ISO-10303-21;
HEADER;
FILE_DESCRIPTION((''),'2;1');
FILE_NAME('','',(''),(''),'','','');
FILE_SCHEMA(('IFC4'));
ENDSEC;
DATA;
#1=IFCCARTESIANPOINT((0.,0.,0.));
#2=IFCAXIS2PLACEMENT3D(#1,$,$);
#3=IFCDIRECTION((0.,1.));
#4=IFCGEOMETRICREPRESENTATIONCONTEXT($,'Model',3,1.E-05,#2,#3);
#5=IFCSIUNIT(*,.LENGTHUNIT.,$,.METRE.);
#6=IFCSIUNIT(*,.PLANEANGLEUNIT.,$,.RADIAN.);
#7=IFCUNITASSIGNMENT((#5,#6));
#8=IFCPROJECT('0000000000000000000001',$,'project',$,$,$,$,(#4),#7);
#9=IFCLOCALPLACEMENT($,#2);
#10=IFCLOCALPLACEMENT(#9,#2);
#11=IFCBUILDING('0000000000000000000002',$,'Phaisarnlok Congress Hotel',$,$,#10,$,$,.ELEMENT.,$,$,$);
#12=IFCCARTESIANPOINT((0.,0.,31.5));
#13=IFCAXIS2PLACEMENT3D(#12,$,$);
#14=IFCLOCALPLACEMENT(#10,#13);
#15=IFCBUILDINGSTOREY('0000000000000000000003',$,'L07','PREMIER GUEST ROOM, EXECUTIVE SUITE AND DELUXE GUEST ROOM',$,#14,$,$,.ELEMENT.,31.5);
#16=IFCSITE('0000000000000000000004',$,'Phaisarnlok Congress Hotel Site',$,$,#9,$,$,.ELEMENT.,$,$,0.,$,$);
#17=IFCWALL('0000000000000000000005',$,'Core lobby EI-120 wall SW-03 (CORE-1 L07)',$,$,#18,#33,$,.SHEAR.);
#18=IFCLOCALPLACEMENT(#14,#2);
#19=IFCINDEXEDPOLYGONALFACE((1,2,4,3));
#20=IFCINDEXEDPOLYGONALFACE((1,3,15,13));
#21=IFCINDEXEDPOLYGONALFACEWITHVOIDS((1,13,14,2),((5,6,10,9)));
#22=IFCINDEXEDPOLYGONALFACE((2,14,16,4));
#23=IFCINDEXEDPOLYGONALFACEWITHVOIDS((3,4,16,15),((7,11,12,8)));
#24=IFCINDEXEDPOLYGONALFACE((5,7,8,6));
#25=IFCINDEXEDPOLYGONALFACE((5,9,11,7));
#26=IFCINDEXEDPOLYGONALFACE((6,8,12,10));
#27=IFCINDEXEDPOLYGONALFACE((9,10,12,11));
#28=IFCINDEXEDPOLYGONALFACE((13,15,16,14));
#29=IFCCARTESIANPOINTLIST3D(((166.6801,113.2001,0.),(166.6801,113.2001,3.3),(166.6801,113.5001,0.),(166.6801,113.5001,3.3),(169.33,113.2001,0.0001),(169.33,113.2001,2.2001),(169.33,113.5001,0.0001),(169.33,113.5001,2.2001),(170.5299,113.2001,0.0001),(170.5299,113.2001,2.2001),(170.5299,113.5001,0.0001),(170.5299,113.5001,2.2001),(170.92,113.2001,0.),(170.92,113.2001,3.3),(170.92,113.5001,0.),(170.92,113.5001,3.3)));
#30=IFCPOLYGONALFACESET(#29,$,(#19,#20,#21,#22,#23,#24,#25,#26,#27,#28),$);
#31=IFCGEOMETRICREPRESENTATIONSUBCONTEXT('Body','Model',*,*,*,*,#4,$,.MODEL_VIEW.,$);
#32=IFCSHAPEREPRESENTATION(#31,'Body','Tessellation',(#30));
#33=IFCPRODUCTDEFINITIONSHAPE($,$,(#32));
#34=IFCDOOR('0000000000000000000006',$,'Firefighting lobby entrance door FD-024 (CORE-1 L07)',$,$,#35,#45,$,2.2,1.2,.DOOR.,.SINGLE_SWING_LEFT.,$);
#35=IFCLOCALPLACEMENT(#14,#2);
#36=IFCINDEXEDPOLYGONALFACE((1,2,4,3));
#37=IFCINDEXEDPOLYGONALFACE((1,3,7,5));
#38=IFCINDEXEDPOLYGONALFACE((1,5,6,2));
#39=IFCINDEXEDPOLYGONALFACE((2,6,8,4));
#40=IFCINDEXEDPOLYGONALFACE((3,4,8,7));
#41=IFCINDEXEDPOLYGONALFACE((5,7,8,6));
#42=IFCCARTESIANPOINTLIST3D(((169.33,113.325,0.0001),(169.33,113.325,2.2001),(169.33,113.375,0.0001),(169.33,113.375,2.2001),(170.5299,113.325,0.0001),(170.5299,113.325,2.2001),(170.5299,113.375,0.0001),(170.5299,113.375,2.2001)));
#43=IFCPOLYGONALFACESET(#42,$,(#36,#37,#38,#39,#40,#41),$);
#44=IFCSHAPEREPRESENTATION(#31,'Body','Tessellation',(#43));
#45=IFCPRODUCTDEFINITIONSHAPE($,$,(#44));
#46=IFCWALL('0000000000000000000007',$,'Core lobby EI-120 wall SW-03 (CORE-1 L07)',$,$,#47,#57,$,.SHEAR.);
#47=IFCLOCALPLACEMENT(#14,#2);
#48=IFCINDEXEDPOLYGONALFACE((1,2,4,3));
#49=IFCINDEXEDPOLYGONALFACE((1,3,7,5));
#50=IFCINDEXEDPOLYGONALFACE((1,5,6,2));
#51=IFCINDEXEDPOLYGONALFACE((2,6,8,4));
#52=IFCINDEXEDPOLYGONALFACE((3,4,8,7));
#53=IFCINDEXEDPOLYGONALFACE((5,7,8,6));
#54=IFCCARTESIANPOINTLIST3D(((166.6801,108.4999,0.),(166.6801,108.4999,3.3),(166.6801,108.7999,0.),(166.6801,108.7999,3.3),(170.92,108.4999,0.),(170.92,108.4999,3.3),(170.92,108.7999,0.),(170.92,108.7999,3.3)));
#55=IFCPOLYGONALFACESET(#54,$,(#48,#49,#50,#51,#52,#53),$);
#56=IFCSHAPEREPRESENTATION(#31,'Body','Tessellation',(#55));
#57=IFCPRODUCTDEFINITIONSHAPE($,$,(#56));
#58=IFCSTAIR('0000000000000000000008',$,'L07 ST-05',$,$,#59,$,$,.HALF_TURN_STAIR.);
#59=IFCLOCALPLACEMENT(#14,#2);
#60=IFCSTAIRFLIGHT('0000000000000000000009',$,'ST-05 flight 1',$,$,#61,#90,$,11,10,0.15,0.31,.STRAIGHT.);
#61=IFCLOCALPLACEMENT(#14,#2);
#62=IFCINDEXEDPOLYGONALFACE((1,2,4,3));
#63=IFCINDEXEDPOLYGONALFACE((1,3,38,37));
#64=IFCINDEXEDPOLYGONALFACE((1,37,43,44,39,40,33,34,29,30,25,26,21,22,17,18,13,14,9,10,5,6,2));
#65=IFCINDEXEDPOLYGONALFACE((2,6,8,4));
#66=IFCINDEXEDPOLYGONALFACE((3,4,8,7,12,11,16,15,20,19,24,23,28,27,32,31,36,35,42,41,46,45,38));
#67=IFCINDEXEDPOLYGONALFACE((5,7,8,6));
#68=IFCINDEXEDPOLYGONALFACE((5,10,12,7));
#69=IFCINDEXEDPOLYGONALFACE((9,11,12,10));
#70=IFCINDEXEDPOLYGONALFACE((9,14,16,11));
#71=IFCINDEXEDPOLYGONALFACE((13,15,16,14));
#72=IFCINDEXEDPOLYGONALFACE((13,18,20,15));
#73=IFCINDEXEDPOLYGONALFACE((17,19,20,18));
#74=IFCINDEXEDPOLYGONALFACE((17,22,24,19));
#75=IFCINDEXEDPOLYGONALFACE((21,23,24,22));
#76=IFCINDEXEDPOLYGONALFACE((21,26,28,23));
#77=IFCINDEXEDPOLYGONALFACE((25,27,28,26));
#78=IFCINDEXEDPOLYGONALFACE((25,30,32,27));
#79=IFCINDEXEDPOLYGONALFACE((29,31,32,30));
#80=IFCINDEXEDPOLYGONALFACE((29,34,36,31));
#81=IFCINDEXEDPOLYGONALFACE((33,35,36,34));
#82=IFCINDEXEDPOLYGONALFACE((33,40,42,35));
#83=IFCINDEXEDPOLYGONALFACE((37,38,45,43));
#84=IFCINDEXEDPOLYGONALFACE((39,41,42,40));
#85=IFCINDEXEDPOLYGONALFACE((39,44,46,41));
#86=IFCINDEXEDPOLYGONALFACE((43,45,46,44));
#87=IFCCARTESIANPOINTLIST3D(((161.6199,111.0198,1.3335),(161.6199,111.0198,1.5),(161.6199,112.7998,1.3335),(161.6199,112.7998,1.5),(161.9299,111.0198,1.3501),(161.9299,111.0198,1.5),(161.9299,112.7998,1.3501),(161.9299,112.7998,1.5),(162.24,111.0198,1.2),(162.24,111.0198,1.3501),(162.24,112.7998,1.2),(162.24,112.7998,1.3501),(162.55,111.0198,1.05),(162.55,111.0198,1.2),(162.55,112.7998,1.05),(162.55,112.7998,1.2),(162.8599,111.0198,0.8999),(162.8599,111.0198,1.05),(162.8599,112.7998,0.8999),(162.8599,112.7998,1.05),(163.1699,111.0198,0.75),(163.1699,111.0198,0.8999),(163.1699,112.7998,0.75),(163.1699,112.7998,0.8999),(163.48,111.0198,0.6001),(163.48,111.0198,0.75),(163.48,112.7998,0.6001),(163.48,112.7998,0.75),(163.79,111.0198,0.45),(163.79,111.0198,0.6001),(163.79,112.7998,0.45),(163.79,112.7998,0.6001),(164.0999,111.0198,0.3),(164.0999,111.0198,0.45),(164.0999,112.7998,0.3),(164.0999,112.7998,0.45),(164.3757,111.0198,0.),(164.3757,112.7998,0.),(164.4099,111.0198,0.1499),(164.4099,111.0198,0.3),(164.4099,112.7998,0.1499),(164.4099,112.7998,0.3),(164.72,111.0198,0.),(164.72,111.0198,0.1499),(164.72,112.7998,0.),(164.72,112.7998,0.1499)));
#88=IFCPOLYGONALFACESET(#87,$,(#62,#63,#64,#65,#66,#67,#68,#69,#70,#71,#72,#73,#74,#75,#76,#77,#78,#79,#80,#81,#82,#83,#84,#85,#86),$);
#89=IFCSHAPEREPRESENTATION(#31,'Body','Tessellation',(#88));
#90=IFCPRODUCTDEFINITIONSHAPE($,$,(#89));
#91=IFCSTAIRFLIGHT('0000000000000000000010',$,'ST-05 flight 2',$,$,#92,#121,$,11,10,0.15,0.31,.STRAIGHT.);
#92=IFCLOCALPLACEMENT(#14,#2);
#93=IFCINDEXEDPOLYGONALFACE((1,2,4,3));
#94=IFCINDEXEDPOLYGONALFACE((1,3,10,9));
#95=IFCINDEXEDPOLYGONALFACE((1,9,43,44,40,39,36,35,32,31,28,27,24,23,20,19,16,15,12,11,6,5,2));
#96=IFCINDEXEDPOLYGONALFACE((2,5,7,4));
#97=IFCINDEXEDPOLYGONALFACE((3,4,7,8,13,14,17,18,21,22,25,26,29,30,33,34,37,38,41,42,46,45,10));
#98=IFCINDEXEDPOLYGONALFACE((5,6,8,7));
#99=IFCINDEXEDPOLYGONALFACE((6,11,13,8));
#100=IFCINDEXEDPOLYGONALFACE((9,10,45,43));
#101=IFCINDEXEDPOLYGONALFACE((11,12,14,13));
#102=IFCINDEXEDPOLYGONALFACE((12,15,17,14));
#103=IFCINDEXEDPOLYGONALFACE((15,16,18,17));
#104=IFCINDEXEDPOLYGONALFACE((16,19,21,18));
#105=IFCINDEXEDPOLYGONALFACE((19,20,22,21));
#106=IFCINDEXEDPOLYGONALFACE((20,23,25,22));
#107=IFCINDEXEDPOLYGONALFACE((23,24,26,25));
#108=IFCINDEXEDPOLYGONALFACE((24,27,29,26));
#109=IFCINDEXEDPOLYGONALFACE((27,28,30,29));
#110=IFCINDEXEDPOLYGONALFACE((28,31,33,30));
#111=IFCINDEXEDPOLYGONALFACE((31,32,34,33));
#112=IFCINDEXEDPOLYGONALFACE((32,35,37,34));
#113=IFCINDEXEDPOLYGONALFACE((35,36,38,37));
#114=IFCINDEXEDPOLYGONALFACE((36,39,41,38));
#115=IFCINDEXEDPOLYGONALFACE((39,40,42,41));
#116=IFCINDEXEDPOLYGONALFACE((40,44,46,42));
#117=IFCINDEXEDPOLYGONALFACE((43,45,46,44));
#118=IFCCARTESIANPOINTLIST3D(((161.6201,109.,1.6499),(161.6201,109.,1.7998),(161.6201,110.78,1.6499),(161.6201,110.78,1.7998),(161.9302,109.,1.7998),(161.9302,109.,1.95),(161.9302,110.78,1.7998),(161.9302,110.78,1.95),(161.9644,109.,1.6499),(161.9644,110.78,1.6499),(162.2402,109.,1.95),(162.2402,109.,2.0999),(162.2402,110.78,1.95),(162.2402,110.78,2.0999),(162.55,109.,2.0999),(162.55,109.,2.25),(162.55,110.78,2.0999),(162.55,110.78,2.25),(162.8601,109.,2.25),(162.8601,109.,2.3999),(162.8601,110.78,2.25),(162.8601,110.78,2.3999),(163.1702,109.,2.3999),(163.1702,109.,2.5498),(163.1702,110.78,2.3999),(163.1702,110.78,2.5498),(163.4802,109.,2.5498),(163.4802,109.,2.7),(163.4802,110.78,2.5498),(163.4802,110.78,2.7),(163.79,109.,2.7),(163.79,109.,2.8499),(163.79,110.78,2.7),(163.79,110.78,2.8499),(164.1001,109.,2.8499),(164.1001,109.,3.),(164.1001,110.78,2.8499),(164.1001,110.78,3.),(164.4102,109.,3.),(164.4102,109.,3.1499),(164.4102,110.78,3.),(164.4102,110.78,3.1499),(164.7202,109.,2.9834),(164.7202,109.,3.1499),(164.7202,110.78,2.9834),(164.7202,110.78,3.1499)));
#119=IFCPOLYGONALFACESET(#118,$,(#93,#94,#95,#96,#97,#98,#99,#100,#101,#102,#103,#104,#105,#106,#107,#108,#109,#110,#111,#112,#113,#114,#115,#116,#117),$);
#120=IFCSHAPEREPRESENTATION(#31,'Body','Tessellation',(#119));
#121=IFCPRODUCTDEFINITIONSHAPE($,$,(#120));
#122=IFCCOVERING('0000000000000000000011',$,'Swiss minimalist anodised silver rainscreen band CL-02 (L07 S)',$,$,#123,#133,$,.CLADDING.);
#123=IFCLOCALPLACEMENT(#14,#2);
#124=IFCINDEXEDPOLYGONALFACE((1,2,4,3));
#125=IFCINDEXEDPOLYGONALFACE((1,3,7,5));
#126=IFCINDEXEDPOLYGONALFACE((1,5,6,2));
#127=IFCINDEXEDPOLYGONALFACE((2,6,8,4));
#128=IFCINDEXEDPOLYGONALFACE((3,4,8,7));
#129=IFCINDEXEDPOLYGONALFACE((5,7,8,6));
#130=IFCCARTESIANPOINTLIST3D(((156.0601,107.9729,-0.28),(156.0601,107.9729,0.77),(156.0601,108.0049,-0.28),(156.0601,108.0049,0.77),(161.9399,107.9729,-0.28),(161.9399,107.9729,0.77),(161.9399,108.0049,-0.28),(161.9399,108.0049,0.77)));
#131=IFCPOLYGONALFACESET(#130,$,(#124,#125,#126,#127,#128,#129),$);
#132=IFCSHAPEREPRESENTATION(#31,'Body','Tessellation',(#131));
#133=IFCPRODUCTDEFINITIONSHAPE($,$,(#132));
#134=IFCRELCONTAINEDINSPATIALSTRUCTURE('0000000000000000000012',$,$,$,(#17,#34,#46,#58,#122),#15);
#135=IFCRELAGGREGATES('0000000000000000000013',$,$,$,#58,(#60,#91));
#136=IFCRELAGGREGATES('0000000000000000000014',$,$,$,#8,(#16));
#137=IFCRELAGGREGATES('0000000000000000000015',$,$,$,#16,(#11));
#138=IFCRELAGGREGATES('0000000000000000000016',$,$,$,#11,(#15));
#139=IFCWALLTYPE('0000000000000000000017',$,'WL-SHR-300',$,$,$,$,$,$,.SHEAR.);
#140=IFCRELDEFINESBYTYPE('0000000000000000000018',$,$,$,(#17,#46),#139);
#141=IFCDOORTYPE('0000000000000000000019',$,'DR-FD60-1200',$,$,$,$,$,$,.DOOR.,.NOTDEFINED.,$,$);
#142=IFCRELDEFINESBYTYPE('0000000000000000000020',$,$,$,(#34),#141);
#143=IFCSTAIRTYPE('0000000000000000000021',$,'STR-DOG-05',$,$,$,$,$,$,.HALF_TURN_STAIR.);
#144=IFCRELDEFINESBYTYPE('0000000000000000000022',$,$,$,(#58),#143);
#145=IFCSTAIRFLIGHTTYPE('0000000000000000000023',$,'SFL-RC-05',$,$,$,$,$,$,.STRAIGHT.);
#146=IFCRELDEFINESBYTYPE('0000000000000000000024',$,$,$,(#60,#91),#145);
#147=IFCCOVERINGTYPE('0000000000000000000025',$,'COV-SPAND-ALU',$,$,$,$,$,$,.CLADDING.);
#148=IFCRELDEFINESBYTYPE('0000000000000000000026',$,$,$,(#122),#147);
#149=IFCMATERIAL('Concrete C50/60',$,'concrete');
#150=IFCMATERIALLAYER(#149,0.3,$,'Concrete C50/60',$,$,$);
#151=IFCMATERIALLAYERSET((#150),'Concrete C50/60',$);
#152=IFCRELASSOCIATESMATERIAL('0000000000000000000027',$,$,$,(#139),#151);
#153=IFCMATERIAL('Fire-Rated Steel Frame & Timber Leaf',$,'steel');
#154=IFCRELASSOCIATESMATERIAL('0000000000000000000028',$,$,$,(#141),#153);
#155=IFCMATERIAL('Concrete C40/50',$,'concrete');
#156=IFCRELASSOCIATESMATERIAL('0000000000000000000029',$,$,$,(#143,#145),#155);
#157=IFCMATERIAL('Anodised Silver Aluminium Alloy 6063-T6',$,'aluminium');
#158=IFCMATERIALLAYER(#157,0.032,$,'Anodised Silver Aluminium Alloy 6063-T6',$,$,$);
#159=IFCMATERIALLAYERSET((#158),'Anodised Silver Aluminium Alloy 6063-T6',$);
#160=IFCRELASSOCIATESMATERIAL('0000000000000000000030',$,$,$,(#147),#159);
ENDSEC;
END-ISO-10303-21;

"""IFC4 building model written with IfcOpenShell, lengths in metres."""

from ifc_helpers import new_model, si_unit, direction, frame, frame_2d, origin, place, context, subcontext, project, spatial, polyline, rectangle, outline, extrude, material, layer, layer_set, type_object, element, fill, aggregate, save


model = new_model("IFC4")

# Units and contexts
model_context = context("Model", 3, precision=1e-05, world=origin(), true_north=direction((0.0, 1.0)))
body_context = subcontext(model_context, "Body", "Model", "MODEL_VIEW")
ifc_project = project(units=[si_unit("LENGTHUNIT", "METRE"), si_unit("PLANEANGLEUNIT", "RADIAN")], contexts=[model_context])

# Site, building, storey
site_placement = place(None, origin())
site = spatial("IfcSite", under=ifc_project, at=site_placement, Name="Phaisarnlok Congress Hotel Site", CompositionType="ELEMENT", RefElevation=0.0)
building_placement = place(site_placement, origin())
building = spatial("IfcBuilding", under=site, at=building_placement, Name="Phaisarnlok Congress Hotel", CompositionType="ELEMENT")
storey_placement = place(building_placement, frame((0.0, 0.0, 31.5)))
storey = spatial("IfcBuildingStorey", under=building, at=storey_placement, Name="L07", Description="PREMIER GUEST ROOM, EXECUTIVE SUITE AND DELUXE GUEST ROOM", CompositionType="ELEMENT", Elevation=31.5)

# Shared definitions
ifc_material_1 = material(Name="Concrete C50/60", Category="concrete")

# Shared definitions
ifc_material_2 = material(Name="Concrete C40/50", Category="concrete")

# Shared definitions
ifc_material_3 = material(Name="Fire-Rated Steel Frame & Timber Leaf", Category="steel")

# Wall, opening, door
ifc_layer_1 = layer(ifc_material_1, 0.3, Name="Concrete C50/60")
ifc_layer_set_1 = layer_set([ifc_layer_1], Name="Concrete C50/60")
wall_type_1 = type_object("IfcWallType", Name="WL-SHR-300", PredefinedType="SHEAR", material=ifc_layer_set_1)
wall_1_placement = place(storey_placement, frame((166.6799, 113.3501, 0.0), z_axis=(0.0, 0.0, 1.0), x_axis=(1.0, 0.0, 0.0)))
wall_1 = element("IfcWall", 1, at=wall_1_placement, inside=storey, type_object=wall_type_1, Name="Core lobby EI-120 wall SW-03 (CORE-1 L07)", PredefinedType="SHEAR", context=body_context, shape_type="SweptSolid", body=[
    extrude(rectangle(XDim=4.24, YDim=0.3, at=frame_2d((2.1201, 0.0))), origin(), (0.0, 0.0, 1.0), 3.3),
])
opening_1_placement = place(wall_1_placement, frame((2.6499, 0.0, 0.0)))
opening_1 = element("IfcOpeningElement", 2, at=opening_1_placement, cuts=wall_1, PredefinedType="OPENING", context=body_context, shape_type="SweptSolid", body=[
    extrude(rectangle(XDim=1.2, YDim=2.2, at=frame_2d((0.6001, 1.1001))), frame((0.0, 0.1602, 0.0), z_axis=(0.0, -1.0, 0.0), x_axis=(1.0, 0.0, 0.0)), (0.0, 0.0, 1.0), 0.3201),
])
door_type_1 = type_object("IfcDoorType", Name="DR-FD60-1200", OperationType="NOTDEFINED", PredefinedType="DOOR", material=ifc_material_3)
door_1_placement = place(opening_1_placement, origin())
door_1 = element("IfcDoor", 3, at=door_1_placement, inside=storey, type_object=door_type_1, Name="Firefighting lobby entrance door FD-024 (CORE-1 L07)", OperationType="SINGLE_SWING_LEFT", OverallHeight=2.2, OverallWidth=1.2, PredefinedType="DOOR", context=body_context, shape_type="SweptSolid", body=[
    extrude(rectangle(XDim=1.2, YDim=2.2, at=frame_2d((0.6001, 1.1001))), frame((0.0, 0.0249, 0.0), z_axis=(0.0, -1.0, 0.0), x_axis=(1.0, 0.0, 0.0)), (0.0, 0.0, 1.0), 0.05),
])
fill(opening_1, door_1)

# Wall
wall_2_placement = place(storey_placement, frame((166.6799, 108.6499, 0.0), z_axis=(0.0, 0.0, 1.0), x_axis=(1.0, 0.0, 0.0)))
element("IfcWall", 4, at=wall_2_placement, inside=storey, type_object=wall_type_1, Name="Core lobby EI-120 wall SW-03 (CORE-1 L07)", PredefinedType="SHEAR", context=body_context, shape_type="SweptSolid", body=[
    extrude(rectangle(XDim=4.24, YDim=0.3, at=frame_2d((2.1201, 0.0))), origin(), (0.0, 0.0, 1.0), 3.3),
])

# Stair, stair flights
stair_type = type_object("IfcStairType", Name="STR-DOG-05", PredefinedType="HALF_TURN_STAIR", material=ifc_material_2)
stair_placement = place(storey_placement, origin())
stair = element("IfcStair", 5, at=stair_placement, inside=storey, type_object=stair_type, Name="L07 ST-05", PredefinedType="HALF_TURN_STAIR")
stair_flight_type = type_object("IfcStairFlightType", Name="SFL-RC-05", PredefinedType="STRAIGHT", material=ifc_material_2)
stair_flight_1_placement = place(storey_placement, frame((164.72, 111.9099, 0.0), z_axis=(0.0, 0.0, 1.0), x_axis=(-1.0, 0.0, 0.0)))
stair_flight_1 = element("IfcStairFlight", 6, at=stair_flight_1_placement, type_object=stair_flight_type, Name="ST-05 flight 1", NumberOfRisers=11, NumberOfTreads=10, PredefinedType="STRAIGHT", RiserHeight=0.15, TreadLength=0.31, context=body_context, shape_type="SweptSolid", body=[
    extrude(outline(polyline([(0.0, 0.0), (0.0, 0.1499), (0.3101, 0.1499), (0.3101, 0.3), (0.6201, 0.3), (0.6201, 0.45), (0.9299, 0.45), (0.9299, 0.6001), (1.24, 0.6001), (1.24, 0.75), (1.55, 0.75), (1.55, 0.8999), (1.8601, 0.8999), (1.8601, 1.05), (2.1699, 1.05), (2.1699, 1.2), (2.48, 1.2), (2.48, 1.3501), (2.79, 1.3501), (2.79, 1.5), (3.1001, 1.5), (3.1001, 1.6499), (3.1001, 1.3335), (0.3442, 0.0), (0.0, 0.0)])), frame((0.0, 0.8901, 0.0), z_axis=(0.0, -1.0, 0.0), x_axis=(1.0, 0.0, 0.0)), (0.0, 0.0, 1.0), 1.78),
])
stair_flight_2_placement = place(storey_placement, frame((161.6201, 109.8899, 1.6499), z_axis=(0.0, 0.0, 1.0), x_axis=(1.0, 0.0, 0.0)))
stair_flight_2 = element("IfcStairFlight", 7, at=stair_flight_2_placement, type_object=stair_flight_type, Name="ST-05 flight 2", NumberOfRisers=11, NumberOfTreads=10, PredefinedType="STRAIGHT", RiserHeight=0.15, TreadLength=0.31, context=body_context, shape_type="SweptSolid", body=[
    extrude(outline(polyline([(0.0, 0.0), (0.0, 0.1499), (0.3101, 0.1499), (0.3101, 0.3), (0.6201, 0.3), (0.6201, 0.45), (0.9299, 0.45), (0.9299, 0.6001), (1.24, 0.6001), (1.24, 0.75), (1.55, 0.75), (1.55, 0.8999), (1.8601, 0.8999), (1.8601, 1.05), (2.1699, 1.05), (2.1699, 1.2), (2.48, 1.2), (2.48, 1.3501), (2.79, 1.3501), (2.79, 1.5), (3.1001, 1.5), (3.1001, 1.6499), (3.1001, 1.3335), (0.3442, 0.0), (0.0, 0.0)])), frame((0.0, 0.8901, 0.0), z_axis=(0.0, -1.0, 0.0), x_axis=(1.0, 0.0, 0.0)), (0.0, 0.0, 1.0), 1.78),
])
aggregate(stair, [stair_flight_1, stair_flight_2])

# Covering
ifc_material_4 = material(Name="Anodised Silver Aluminium Alloy 6063-T6", Category="aluminium")
ifc_layer_2 = layer(ifc_material_4, 0.032, Name="Anodised Silver Aluminium Alloy 6063-T6")
ifc_layer_set_2 = layer_set([ifc_layer_2], Name="Anodised Silver Aluminium Alloy 6063-T6")
covering_type = type_object("IfcCoveringType", Name="COV-SPAND-ALU", PredefinedType="CLADDING", material=ifc_layer_set_2)
covering_placement = place(storey_placement, frame((156.0601, 108.0049, -0.28), z_axis=(0.0, -1.0, 0.0), x_axis=(1.0, 0.0, 0.0)))
element("IfcCovering", 8, at=covering_placement, inside=storey, type_object=covering_type, Name="Swiss minimalist anodised silver rainscreen band CL-02 (L07 S)", PredefinedType="CLADDING", context=body_context, shape_type="SweptSolid", body=[
    extrude(outline(polyline([(0.0, 0.0), (5.8799, 0.0), (5.8799, 1.05), (0.0, 1.05), (0.0, 0.0)])), origin(), (0.0, 0.0, 1.0), 0.032),
])

save(model, "model.ifc")
